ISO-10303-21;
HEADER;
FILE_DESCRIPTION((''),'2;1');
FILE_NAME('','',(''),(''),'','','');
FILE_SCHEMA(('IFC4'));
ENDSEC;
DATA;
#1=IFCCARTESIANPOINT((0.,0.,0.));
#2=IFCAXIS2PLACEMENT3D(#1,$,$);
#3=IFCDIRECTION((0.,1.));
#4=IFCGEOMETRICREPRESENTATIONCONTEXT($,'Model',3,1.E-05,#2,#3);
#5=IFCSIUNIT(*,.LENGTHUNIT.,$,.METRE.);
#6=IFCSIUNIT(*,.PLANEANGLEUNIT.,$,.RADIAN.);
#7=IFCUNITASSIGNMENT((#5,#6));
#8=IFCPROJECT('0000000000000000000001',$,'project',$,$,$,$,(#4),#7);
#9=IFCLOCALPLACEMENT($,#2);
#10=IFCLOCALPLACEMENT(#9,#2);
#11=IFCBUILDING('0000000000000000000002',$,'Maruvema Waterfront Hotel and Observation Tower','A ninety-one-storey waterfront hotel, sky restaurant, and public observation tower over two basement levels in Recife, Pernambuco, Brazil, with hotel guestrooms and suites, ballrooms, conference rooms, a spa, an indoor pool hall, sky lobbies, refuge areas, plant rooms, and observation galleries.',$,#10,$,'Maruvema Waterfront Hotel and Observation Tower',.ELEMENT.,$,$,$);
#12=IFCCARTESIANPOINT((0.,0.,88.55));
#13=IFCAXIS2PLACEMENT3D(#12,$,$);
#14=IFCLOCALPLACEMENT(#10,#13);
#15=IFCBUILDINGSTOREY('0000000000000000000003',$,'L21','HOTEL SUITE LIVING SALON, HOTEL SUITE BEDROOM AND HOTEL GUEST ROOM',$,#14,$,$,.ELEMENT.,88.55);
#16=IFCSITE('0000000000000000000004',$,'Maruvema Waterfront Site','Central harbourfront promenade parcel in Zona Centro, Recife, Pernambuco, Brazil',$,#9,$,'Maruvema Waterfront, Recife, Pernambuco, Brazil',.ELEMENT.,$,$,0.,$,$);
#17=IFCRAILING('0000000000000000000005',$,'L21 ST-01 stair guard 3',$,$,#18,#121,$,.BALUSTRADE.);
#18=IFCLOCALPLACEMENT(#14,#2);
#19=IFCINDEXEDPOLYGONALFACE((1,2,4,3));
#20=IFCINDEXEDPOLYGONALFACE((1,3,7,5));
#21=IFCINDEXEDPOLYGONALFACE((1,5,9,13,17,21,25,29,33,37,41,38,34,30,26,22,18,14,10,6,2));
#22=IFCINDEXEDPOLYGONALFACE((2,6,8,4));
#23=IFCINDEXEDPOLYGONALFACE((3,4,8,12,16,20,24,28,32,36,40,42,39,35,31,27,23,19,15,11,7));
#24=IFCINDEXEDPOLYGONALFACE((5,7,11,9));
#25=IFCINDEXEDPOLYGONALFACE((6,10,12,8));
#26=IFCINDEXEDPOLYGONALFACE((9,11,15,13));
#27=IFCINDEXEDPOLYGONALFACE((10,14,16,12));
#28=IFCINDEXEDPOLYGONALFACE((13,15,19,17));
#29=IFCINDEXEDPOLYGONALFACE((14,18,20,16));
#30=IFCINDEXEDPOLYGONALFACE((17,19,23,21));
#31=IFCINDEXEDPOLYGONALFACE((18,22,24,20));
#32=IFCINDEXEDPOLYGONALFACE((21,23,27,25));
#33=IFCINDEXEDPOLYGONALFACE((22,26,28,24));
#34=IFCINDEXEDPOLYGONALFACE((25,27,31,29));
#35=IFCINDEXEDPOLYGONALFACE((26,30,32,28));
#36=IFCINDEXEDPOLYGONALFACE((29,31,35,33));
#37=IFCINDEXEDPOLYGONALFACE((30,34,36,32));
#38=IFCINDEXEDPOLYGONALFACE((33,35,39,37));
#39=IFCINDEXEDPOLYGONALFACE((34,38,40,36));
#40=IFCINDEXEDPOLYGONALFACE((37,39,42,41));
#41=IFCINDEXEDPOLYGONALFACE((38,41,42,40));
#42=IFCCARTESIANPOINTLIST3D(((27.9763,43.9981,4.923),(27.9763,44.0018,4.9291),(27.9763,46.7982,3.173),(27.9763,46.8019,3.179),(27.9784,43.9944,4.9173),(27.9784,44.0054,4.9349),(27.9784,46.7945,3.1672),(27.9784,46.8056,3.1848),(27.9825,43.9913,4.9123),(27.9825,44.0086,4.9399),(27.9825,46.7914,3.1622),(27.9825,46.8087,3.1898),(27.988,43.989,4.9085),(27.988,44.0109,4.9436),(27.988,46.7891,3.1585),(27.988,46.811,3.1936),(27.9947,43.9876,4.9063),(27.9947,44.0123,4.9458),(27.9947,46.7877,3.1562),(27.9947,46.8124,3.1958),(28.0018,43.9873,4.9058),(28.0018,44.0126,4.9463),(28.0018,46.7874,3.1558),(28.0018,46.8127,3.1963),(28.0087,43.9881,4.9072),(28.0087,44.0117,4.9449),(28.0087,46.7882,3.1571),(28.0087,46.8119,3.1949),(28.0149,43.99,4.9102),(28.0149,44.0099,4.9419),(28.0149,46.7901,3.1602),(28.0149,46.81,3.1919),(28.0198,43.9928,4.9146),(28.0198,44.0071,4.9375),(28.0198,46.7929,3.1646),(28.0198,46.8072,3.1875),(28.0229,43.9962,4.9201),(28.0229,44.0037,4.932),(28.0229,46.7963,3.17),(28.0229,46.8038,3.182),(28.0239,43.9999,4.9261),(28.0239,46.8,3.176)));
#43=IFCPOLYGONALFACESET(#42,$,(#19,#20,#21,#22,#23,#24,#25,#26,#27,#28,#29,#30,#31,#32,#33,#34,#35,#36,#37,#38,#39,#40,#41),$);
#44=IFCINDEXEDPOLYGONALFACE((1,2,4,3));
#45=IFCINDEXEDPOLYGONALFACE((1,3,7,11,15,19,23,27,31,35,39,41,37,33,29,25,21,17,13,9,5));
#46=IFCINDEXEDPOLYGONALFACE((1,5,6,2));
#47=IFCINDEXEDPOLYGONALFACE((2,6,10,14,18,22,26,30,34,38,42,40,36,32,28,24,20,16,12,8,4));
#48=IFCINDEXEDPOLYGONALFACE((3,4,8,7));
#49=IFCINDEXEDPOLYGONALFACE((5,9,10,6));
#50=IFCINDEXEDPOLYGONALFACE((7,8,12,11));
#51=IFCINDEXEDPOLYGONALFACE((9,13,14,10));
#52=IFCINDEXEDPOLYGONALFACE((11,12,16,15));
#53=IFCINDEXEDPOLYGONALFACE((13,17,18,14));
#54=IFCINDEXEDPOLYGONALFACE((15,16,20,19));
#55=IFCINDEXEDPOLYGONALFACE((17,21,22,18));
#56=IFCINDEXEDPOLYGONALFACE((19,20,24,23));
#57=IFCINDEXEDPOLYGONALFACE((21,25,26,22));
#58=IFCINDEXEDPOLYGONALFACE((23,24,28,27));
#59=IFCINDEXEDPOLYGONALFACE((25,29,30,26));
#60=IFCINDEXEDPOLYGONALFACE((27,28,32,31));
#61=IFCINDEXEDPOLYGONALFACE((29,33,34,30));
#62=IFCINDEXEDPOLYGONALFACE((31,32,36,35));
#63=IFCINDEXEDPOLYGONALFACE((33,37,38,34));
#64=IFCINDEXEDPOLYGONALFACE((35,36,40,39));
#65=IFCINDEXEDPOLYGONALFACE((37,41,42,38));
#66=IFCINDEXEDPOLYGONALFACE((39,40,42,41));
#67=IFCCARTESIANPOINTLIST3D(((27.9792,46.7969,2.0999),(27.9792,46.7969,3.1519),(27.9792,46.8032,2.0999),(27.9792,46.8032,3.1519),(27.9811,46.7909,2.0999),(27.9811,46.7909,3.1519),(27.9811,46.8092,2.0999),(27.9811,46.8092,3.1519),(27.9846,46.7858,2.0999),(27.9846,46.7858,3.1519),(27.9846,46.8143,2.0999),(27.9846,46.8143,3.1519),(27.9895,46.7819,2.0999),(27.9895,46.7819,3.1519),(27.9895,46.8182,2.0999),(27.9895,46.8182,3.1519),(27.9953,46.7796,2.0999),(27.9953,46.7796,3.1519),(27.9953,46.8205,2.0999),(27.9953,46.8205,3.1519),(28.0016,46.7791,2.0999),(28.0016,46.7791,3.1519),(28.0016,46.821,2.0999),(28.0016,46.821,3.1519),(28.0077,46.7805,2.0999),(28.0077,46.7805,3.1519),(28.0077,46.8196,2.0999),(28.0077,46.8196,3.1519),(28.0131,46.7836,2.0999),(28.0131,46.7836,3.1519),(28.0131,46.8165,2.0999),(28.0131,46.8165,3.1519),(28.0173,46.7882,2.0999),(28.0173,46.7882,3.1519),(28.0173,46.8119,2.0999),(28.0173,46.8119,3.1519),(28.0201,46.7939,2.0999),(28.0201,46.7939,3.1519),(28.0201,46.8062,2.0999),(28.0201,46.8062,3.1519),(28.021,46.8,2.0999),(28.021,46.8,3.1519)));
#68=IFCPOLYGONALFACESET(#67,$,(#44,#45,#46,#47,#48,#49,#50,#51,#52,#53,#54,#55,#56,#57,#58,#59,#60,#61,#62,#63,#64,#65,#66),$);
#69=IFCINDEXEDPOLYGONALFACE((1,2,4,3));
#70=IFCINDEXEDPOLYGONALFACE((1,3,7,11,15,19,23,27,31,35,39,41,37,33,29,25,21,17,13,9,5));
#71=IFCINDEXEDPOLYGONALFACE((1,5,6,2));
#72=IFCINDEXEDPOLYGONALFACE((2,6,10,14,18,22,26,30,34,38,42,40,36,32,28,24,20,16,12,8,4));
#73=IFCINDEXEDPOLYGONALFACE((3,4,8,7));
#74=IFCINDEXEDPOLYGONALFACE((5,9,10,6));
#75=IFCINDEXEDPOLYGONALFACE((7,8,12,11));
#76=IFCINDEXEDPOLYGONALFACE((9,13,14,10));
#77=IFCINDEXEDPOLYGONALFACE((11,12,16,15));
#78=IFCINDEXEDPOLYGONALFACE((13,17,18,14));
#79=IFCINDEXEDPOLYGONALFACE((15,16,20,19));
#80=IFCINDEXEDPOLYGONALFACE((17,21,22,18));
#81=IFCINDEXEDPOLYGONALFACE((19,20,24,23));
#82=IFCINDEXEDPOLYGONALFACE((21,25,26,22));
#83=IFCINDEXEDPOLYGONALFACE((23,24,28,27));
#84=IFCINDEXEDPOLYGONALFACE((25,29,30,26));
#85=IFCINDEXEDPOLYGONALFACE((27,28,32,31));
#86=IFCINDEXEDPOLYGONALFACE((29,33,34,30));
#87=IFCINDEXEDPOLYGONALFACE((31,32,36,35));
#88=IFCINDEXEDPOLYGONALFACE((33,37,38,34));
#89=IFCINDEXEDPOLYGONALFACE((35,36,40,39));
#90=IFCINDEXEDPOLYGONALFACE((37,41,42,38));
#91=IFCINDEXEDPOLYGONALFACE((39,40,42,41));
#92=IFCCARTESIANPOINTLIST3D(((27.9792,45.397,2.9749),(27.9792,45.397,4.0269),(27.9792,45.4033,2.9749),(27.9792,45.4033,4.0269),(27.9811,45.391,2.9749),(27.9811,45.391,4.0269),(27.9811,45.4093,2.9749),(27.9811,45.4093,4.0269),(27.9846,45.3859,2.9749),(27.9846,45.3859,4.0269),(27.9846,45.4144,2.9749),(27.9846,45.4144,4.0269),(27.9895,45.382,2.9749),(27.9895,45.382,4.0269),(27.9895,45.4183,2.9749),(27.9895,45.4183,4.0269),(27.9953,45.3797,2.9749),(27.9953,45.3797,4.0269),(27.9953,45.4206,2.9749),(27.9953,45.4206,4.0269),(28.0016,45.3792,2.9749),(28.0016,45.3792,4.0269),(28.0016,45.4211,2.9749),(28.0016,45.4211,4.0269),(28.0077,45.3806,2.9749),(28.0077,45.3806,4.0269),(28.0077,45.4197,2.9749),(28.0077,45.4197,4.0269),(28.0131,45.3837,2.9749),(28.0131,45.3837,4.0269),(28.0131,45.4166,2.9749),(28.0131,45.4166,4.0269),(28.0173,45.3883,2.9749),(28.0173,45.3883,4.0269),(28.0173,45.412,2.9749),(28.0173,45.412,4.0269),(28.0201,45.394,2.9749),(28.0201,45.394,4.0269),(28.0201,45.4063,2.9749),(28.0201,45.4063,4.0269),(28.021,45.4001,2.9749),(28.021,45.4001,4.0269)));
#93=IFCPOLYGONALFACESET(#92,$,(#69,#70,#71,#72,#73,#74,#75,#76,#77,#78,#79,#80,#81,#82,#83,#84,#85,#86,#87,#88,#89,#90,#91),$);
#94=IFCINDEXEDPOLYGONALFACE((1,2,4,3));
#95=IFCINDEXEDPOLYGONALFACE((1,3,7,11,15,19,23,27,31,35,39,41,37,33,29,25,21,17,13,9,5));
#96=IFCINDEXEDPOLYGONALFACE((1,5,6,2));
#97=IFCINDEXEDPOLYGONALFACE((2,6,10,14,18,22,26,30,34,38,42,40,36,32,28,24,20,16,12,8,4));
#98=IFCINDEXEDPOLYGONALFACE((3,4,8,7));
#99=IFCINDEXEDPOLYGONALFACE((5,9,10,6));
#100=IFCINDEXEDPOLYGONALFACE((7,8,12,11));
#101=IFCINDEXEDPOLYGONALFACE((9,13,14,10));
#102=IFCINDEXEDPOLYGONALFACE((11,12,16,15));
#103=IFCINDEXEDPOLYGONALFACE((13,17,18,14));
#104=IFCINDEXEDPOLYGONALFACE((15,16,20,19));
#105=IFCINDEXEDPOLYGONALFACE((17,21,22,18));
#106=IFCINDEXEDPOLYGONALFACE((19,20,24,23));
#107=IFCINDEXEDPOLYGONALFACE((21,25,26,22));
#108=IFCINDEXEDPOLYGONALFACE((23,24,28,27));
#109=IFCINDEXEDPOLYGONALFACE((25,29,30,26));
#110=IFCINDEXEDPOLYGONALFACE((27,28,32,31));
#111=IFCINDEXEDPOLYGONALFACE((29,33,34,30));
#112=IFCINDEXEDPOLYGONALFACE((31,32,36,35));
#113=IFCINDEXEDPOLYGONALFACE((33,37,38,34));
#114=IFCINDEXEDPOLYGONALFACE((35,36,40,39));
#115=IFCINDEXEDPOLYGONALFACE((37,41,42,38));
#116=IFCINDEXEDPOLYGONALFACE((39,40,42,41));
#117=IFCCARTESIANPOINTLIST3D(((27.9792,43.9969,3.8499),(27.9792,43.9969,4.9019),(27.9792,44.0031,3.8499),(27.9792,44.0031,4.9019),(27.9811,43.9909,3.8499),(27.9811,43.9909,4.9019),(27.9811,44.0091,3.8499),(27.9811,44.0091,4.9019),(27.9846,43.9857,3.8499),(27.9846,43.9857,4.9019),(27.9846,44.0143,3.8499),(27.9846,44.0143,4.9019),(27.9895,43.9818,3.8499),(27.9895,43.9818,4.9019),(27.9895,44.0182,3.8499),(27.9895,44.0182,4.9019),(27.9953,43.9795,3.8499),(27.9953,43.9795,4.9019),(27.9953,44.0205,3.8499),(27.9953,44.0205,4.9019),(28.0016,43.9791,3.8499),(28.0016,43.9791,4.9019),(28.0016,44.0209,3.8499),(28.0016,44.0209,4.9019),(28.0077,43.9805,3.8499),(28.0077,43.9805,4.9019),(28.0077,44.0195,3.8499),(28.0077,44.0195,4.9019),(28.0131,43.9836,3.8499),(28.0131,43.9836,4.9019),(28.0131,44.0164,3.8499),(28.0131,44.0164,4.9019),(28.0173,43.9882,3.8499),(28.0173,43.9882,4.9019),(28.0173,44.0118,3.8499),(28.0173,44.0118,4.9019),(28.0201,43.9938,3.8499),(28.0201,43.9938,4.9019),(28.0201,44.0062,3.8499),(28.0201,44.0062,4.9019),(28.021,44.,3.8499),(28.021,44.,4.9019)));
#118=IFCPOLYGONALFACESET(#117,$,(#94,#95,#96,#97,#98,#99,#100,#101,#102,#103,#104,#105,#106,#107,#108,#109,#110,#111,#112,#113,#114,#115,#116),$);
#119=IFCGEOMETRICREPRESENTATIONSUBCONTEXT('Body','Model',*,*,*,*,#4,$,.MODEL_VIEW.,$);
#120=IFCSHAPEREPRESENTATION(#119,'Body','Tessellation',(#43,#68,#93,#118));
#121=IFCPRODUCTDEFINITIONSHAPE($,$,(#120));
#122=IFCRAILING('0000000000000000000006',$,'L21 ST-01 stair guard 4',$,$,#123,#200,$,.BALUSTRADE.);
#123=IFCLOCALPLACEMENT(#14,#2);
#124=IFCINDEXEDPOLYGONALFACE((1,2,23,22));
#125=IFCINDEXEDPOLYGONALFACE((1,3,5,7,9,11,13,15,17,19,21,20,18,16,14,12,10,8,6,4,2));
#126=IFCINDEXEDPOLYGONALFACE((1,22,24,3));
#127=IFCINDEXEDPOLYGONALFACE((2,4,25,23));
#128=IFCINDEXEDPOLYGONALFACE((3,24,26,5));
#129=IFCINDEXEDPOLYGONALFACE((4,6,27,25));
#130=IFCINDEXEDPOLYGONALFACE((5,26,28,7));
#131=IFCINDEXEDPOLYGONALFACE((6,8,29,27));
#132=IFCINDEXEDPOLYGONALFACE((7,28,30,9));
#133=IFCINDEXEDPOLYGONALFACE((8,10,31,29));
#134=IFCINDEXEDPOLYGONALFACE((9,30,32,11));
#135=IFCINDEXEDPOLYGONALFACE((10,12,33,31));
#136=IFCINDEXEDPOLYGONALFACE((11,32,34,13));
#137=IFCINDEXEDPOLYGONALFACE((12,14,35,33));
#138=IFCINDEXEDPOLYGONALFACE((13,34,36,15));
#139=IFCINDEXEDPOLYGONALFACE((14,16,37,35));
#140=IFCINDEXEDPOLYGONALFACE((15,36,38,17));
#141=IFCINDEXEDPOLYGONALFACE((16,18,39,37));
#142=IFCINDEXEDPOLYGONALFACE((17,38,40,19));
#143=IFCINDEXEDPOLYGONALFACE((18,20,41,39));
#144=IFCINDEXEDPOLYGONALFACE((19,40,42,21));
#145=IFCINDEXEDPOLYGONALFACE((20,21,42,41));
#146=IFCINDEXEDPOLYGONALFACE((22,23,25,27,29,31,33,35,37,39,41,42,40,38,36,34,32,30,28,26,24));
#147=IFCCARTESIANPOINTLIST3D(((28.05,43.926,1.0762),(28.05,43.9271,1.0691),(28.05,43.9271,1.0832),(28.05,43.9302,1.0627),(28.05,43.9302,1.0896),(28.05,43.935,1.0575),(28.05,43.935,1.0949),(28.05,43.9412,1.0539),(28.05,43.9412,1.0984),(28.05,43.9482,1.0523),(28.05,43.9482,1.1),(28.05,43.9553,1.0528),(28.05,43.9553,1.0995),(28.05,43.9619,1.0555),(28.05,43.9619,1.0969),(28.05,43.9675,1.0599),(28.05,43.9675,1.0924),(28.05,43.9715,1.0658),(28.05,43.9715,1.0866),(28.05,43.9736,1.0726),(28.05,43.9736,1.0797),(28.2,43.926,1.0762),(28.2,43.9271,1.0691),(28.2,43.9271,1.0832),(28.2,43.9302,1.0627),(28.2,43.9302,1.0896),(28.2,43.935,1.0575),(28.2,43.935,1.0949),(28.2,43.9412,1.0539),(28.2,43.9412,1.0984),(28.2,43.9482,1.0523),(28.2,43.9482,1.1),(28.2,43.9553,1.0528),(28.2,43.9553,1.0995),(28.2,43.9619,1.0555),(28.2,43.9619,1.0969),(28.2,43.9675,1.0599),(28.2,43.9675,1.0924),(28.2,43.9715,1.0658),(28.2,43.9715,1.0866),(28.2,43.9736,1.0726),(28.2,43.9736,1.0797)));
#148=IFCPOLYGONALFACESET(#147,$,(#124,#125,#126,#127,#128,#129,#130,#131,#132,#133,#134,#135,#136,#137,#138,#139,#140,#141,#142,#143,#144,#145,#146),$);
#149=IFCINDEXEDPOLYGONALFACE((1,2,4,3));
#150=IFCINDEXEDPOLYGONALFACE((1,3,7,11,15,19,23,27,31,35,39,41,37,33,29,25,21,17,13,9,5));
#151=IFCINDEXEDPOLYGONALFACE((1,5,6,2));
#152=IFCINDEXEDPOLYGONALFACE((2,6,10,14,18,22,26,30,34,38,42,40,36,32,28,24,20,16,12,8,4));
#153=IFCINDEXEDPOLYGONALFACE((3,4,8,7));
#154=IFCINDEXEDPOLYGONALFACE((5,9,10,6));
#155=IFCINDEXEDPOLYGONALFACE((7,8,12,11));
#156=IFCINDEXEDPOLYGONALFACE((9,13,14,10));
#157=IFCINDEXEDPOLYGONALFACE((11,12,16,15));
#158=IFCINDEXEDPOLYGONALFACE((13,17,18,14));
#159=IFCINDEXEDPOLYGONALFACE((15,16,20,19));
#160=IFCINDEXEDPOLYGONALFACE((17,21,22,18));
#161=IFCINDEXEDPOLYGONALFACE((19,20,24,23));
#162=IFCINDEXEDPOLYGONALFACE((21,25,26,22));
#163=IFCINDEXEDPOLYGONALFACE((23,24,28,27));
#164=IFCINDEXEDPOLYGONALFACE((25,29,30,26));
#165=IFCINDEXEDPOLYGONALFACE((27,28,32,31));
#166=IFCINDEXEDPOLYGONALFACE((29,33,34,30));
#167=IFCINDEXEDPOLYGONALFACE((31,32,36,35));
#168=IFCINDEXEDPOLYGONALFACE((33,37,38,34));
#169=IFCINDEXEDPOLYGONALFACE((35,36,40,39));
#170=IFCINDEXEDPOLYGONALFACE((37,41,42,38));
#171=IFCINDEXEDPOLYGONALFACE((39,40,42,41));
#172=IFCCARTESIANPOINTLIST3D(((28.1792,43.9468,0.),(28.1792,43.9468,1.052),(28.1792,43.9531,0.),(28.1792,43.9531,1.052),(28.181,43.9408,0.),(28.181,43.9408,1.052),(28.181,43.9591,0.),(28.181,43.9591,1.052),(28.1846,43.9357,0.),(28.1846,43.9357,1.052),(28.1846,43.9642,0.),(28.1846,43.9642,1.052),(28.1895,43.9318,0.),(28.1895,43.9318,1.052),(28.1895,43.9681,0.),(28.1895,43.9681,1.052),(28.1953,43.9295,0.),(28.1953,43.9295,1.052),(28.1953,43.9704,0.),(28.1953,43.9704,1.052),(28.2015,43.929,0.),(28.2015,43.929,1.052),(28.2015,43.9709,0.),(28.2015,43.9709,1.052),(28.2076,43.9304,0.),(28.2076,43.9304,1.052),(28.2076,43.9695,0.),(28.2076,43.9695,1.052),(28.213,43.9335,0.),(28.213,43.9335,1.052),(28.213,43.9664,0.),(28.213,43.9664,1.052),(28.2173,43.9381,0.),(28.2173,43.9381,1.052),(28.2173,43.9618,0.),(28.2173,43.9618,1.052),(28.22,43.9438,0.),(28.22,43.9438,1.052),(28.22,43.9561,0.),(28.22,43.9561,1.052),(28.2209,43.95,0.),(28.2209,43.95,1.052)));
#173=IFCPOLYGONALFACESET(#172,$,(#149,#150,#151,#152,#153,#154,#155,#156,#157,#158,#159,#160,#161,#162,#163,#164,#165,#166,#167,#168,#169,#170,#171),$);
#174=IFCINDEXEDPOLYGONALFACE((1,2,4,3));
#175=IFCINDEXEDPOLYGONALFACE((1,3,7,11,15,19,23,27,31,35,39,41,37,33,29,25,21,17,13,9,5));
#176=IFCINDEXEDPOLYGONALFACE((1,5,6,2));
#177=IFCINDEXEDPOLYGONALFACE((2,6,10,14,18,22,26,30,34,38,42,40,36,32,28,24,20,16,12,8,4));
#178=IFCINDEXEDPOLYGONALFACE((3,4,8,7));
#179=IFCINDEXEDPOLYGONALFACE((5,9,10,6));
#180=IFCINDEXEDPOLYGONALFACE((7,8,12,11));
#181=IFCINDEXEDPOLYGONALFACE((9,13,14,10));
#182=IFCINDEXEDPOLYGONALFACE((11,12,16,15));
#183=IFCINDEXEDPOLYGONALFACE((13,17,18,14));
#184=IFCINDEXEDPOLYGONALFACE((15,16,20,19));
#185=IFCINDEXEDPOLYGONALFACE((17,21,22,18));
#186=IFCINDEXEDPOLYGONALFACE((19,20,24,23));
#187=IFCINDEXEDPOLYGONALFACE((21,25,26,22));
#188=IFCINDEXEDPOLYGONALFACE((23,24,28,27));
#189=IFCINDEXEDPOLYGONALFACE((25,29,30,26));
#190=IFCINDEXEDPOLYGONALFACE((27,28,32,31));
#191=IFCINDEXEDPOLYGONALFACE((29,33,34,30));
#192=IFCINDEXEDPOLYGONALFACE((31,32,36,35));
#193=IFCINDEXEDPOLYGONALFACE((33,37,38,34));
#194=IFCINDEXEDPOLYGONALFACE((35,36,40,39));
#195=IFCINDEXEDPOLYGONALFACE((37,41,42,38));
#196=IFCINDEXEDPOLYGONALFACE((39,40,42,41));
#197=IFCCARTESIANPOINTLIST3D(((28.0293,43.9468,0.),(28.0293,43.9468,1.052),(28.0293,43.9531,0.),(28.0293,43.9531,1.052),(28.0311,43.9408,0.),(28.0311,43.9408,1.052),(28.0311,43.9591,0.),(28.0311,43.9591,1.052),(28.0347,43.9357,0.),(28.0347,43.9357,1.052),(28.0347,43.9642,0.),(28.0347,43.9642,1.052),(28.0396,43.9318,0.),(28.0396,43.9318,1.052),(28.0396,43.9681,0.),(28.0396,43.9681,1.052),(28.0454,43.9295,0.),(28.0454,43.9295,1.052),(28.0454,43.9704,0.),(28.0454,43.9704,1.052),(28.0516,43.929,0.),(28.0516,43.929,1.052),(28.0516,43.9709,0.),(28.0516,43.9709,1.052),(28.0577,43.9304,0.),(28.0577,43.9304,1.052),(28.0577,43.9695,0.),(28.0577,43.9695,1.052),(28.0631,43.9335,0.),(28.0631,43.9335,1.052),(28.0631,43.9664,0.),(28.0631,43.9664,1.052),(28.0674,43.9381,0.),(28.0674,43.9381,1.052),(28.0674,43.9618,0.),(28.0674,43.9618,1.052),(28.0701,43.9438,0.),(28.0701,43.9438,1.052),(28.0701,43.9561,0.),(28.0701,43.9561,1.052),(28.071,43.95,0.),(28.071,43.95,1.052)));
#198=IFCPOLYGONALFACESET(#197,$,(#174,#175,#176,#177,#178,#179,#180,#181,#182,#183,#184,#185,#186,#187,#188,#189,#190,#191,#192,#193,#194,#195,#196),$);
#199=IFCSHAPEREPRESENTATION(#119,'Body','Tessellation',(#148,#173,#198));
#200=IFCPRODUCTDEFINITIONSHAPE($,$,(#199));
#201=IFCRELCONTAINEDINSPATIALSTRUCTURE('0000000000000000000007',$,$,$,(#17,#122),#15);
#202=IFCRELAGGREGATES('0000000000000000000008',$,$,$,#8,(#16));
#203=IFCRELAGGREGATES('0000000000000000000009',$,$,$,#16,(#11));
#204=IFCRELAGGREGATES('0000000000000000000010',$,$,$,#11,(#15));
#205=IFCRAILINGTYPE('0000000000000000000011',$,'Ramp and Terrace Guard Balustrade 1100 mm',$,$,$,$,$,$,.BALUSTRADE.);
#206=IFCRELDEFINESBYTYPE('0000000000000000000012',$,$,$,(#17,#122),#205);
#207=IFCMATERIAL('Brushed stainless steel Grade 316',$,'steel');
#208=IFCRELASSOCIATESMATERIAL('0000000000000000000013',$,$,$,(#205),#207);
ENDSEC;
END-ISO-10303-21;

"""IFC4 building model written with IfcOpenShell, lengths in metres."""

from ifc_helpers import new_model, si_unit, direction, frame, origin, origin_2d, place, context, subcontext, project, spatial, circle, extrude, material, type_object, element, save


model = new_model("IFC4")

# Units and contexts
model_context = context("Model", 3, precision=1e-05, world=origin(), true_north=direction((0.0, 1.0)))
body_context = subcontext(model_context, "Body", "Model", "MODEL_VIEW")
ifc_project = project(units=[si_unit("LENGTHUNIT", "METRE"), si_unit("PLANEANGLEUNIT", "RADIAN")], contexts=[model_context])

# Site, building, storey
site_placement = place(None, origin())
site = spatial("IfcSite", under=ifc_project, at=site_placement, Name="Maruvema Waterfront Site", Description="Central harbourfront promenade parcel in Zona Centro, Recife, Pernambuco, Brazil", LongName="Maruvema Waterfront, Recife, Pernambuco, Brazil", CompositionType="ELEMENT", RefElevation=0.0)
building_placement = place(site_placement, origin())
building = spatial("IfcBuilding", under=site, at=building_placement, Name="Maruvema Waterfront Hotel and Observation Tower", Description="A ninety-one-storey waterfront hotel, sky restaurant, and public observation tower over two basement levels in Recife, Pernambuco, Brazil, with hotel guestrooms and suites, ballrooms, conference rooms, a spa, an indoor pool hall, sky lobbies, refuge areas, plant rooms, and observation galleries.", LongName="Maruvema Waterfront Hotel and Observation Tower", CompositionType="ELEMENT")
storey_placement = place(building_placement, frame((0.0, 0.0, 88.55)))
storey = spatial("IfcBuildingStorey", under=building, at=storey_placement, Name="L21", Description="HOTEL SUITE LIVING SALON, HOTEL SUITE BEDROOM AND HOTEL GUEST ROOM", CompositionType="ELEMENT", Elevation=88.55)

# Railings
ifc_material_1 = material(Name="Brushed stainless steel Grade 316", Category="steel")
railing_type_1 = type_object("IfcRailingType", Name="Ramp and Terrace Guard Balustrade 1100 mm", PredefinedType="BALUSTRADE", material=ifc_material_1)
railing_1_placement = place(storey_placement, frame((28.0, 46.8, 2.0999)))
element("IfcRailing", 1, at=railing_1_placement, inside=storey, type_object=railing_type_1, Name="L21 ST-01 stair guard 3", PredefinedType="BALUSTRADE", context=body_context, shape_type="SweptSolid", body=[
    extrude(circle(Radius=0.0239, at=origin_2d()), frame((0.0, 0.0, 1.0762), z_axis=(0.0, -0.848002, 0.529992), x_axis=(1.0, 0.0, 0.0)), (0.0, 0.0, 1.0), 3.302),
    extrude(circle(Radius=0.021, at=origin_2d()), origin(), (0.0, 0.0, 1.0), 1.052),
    extrude(circle(Radius=0.021, at=origin_2d()), frame((0.0, -1.3999, 0.875)), (0.0, 0.0, 1.0), 1.052),
    extrude(circle(Radius=0.021, at=origin_2d()), frame((0.0, -2.8, 1.75)), (0.0, 0.0, 1.0), 1.052),
])
railing_2_placement = place(storey_placement, frame((28.2, 43.95, 0.0)))
element("IfcRailing", 2, at=railing_2_placement, inside=storey, type_object=railing_type_1, Name="L21 ST-01 stair guard 4", PredefinedType="BALUSTRADE", context=body_context, shape_type="SweptSolid", body=[
    extrude(circle(Radius=0.0239, at=origin_2d()), frame((0.0, 0.0, 1.0762), z_axis=(-1.0, 0.0, 0.0), x_axis=(0.0, -1.0, 0.0)), (0.0, 0.0, 1.0), 0.1499),
    extrude(circle(Radius=0.021, at=origin_2d()), origin(), (0.0, 0.0, 1.0), 1.052),
    extrude(circle(Radius=0.021, at=origin_2d()), frame((-0.1499, 0.0, 0.0)), (0.0, 0.0, 1.0), 1.052),
])

save(model, "model.ifc")
